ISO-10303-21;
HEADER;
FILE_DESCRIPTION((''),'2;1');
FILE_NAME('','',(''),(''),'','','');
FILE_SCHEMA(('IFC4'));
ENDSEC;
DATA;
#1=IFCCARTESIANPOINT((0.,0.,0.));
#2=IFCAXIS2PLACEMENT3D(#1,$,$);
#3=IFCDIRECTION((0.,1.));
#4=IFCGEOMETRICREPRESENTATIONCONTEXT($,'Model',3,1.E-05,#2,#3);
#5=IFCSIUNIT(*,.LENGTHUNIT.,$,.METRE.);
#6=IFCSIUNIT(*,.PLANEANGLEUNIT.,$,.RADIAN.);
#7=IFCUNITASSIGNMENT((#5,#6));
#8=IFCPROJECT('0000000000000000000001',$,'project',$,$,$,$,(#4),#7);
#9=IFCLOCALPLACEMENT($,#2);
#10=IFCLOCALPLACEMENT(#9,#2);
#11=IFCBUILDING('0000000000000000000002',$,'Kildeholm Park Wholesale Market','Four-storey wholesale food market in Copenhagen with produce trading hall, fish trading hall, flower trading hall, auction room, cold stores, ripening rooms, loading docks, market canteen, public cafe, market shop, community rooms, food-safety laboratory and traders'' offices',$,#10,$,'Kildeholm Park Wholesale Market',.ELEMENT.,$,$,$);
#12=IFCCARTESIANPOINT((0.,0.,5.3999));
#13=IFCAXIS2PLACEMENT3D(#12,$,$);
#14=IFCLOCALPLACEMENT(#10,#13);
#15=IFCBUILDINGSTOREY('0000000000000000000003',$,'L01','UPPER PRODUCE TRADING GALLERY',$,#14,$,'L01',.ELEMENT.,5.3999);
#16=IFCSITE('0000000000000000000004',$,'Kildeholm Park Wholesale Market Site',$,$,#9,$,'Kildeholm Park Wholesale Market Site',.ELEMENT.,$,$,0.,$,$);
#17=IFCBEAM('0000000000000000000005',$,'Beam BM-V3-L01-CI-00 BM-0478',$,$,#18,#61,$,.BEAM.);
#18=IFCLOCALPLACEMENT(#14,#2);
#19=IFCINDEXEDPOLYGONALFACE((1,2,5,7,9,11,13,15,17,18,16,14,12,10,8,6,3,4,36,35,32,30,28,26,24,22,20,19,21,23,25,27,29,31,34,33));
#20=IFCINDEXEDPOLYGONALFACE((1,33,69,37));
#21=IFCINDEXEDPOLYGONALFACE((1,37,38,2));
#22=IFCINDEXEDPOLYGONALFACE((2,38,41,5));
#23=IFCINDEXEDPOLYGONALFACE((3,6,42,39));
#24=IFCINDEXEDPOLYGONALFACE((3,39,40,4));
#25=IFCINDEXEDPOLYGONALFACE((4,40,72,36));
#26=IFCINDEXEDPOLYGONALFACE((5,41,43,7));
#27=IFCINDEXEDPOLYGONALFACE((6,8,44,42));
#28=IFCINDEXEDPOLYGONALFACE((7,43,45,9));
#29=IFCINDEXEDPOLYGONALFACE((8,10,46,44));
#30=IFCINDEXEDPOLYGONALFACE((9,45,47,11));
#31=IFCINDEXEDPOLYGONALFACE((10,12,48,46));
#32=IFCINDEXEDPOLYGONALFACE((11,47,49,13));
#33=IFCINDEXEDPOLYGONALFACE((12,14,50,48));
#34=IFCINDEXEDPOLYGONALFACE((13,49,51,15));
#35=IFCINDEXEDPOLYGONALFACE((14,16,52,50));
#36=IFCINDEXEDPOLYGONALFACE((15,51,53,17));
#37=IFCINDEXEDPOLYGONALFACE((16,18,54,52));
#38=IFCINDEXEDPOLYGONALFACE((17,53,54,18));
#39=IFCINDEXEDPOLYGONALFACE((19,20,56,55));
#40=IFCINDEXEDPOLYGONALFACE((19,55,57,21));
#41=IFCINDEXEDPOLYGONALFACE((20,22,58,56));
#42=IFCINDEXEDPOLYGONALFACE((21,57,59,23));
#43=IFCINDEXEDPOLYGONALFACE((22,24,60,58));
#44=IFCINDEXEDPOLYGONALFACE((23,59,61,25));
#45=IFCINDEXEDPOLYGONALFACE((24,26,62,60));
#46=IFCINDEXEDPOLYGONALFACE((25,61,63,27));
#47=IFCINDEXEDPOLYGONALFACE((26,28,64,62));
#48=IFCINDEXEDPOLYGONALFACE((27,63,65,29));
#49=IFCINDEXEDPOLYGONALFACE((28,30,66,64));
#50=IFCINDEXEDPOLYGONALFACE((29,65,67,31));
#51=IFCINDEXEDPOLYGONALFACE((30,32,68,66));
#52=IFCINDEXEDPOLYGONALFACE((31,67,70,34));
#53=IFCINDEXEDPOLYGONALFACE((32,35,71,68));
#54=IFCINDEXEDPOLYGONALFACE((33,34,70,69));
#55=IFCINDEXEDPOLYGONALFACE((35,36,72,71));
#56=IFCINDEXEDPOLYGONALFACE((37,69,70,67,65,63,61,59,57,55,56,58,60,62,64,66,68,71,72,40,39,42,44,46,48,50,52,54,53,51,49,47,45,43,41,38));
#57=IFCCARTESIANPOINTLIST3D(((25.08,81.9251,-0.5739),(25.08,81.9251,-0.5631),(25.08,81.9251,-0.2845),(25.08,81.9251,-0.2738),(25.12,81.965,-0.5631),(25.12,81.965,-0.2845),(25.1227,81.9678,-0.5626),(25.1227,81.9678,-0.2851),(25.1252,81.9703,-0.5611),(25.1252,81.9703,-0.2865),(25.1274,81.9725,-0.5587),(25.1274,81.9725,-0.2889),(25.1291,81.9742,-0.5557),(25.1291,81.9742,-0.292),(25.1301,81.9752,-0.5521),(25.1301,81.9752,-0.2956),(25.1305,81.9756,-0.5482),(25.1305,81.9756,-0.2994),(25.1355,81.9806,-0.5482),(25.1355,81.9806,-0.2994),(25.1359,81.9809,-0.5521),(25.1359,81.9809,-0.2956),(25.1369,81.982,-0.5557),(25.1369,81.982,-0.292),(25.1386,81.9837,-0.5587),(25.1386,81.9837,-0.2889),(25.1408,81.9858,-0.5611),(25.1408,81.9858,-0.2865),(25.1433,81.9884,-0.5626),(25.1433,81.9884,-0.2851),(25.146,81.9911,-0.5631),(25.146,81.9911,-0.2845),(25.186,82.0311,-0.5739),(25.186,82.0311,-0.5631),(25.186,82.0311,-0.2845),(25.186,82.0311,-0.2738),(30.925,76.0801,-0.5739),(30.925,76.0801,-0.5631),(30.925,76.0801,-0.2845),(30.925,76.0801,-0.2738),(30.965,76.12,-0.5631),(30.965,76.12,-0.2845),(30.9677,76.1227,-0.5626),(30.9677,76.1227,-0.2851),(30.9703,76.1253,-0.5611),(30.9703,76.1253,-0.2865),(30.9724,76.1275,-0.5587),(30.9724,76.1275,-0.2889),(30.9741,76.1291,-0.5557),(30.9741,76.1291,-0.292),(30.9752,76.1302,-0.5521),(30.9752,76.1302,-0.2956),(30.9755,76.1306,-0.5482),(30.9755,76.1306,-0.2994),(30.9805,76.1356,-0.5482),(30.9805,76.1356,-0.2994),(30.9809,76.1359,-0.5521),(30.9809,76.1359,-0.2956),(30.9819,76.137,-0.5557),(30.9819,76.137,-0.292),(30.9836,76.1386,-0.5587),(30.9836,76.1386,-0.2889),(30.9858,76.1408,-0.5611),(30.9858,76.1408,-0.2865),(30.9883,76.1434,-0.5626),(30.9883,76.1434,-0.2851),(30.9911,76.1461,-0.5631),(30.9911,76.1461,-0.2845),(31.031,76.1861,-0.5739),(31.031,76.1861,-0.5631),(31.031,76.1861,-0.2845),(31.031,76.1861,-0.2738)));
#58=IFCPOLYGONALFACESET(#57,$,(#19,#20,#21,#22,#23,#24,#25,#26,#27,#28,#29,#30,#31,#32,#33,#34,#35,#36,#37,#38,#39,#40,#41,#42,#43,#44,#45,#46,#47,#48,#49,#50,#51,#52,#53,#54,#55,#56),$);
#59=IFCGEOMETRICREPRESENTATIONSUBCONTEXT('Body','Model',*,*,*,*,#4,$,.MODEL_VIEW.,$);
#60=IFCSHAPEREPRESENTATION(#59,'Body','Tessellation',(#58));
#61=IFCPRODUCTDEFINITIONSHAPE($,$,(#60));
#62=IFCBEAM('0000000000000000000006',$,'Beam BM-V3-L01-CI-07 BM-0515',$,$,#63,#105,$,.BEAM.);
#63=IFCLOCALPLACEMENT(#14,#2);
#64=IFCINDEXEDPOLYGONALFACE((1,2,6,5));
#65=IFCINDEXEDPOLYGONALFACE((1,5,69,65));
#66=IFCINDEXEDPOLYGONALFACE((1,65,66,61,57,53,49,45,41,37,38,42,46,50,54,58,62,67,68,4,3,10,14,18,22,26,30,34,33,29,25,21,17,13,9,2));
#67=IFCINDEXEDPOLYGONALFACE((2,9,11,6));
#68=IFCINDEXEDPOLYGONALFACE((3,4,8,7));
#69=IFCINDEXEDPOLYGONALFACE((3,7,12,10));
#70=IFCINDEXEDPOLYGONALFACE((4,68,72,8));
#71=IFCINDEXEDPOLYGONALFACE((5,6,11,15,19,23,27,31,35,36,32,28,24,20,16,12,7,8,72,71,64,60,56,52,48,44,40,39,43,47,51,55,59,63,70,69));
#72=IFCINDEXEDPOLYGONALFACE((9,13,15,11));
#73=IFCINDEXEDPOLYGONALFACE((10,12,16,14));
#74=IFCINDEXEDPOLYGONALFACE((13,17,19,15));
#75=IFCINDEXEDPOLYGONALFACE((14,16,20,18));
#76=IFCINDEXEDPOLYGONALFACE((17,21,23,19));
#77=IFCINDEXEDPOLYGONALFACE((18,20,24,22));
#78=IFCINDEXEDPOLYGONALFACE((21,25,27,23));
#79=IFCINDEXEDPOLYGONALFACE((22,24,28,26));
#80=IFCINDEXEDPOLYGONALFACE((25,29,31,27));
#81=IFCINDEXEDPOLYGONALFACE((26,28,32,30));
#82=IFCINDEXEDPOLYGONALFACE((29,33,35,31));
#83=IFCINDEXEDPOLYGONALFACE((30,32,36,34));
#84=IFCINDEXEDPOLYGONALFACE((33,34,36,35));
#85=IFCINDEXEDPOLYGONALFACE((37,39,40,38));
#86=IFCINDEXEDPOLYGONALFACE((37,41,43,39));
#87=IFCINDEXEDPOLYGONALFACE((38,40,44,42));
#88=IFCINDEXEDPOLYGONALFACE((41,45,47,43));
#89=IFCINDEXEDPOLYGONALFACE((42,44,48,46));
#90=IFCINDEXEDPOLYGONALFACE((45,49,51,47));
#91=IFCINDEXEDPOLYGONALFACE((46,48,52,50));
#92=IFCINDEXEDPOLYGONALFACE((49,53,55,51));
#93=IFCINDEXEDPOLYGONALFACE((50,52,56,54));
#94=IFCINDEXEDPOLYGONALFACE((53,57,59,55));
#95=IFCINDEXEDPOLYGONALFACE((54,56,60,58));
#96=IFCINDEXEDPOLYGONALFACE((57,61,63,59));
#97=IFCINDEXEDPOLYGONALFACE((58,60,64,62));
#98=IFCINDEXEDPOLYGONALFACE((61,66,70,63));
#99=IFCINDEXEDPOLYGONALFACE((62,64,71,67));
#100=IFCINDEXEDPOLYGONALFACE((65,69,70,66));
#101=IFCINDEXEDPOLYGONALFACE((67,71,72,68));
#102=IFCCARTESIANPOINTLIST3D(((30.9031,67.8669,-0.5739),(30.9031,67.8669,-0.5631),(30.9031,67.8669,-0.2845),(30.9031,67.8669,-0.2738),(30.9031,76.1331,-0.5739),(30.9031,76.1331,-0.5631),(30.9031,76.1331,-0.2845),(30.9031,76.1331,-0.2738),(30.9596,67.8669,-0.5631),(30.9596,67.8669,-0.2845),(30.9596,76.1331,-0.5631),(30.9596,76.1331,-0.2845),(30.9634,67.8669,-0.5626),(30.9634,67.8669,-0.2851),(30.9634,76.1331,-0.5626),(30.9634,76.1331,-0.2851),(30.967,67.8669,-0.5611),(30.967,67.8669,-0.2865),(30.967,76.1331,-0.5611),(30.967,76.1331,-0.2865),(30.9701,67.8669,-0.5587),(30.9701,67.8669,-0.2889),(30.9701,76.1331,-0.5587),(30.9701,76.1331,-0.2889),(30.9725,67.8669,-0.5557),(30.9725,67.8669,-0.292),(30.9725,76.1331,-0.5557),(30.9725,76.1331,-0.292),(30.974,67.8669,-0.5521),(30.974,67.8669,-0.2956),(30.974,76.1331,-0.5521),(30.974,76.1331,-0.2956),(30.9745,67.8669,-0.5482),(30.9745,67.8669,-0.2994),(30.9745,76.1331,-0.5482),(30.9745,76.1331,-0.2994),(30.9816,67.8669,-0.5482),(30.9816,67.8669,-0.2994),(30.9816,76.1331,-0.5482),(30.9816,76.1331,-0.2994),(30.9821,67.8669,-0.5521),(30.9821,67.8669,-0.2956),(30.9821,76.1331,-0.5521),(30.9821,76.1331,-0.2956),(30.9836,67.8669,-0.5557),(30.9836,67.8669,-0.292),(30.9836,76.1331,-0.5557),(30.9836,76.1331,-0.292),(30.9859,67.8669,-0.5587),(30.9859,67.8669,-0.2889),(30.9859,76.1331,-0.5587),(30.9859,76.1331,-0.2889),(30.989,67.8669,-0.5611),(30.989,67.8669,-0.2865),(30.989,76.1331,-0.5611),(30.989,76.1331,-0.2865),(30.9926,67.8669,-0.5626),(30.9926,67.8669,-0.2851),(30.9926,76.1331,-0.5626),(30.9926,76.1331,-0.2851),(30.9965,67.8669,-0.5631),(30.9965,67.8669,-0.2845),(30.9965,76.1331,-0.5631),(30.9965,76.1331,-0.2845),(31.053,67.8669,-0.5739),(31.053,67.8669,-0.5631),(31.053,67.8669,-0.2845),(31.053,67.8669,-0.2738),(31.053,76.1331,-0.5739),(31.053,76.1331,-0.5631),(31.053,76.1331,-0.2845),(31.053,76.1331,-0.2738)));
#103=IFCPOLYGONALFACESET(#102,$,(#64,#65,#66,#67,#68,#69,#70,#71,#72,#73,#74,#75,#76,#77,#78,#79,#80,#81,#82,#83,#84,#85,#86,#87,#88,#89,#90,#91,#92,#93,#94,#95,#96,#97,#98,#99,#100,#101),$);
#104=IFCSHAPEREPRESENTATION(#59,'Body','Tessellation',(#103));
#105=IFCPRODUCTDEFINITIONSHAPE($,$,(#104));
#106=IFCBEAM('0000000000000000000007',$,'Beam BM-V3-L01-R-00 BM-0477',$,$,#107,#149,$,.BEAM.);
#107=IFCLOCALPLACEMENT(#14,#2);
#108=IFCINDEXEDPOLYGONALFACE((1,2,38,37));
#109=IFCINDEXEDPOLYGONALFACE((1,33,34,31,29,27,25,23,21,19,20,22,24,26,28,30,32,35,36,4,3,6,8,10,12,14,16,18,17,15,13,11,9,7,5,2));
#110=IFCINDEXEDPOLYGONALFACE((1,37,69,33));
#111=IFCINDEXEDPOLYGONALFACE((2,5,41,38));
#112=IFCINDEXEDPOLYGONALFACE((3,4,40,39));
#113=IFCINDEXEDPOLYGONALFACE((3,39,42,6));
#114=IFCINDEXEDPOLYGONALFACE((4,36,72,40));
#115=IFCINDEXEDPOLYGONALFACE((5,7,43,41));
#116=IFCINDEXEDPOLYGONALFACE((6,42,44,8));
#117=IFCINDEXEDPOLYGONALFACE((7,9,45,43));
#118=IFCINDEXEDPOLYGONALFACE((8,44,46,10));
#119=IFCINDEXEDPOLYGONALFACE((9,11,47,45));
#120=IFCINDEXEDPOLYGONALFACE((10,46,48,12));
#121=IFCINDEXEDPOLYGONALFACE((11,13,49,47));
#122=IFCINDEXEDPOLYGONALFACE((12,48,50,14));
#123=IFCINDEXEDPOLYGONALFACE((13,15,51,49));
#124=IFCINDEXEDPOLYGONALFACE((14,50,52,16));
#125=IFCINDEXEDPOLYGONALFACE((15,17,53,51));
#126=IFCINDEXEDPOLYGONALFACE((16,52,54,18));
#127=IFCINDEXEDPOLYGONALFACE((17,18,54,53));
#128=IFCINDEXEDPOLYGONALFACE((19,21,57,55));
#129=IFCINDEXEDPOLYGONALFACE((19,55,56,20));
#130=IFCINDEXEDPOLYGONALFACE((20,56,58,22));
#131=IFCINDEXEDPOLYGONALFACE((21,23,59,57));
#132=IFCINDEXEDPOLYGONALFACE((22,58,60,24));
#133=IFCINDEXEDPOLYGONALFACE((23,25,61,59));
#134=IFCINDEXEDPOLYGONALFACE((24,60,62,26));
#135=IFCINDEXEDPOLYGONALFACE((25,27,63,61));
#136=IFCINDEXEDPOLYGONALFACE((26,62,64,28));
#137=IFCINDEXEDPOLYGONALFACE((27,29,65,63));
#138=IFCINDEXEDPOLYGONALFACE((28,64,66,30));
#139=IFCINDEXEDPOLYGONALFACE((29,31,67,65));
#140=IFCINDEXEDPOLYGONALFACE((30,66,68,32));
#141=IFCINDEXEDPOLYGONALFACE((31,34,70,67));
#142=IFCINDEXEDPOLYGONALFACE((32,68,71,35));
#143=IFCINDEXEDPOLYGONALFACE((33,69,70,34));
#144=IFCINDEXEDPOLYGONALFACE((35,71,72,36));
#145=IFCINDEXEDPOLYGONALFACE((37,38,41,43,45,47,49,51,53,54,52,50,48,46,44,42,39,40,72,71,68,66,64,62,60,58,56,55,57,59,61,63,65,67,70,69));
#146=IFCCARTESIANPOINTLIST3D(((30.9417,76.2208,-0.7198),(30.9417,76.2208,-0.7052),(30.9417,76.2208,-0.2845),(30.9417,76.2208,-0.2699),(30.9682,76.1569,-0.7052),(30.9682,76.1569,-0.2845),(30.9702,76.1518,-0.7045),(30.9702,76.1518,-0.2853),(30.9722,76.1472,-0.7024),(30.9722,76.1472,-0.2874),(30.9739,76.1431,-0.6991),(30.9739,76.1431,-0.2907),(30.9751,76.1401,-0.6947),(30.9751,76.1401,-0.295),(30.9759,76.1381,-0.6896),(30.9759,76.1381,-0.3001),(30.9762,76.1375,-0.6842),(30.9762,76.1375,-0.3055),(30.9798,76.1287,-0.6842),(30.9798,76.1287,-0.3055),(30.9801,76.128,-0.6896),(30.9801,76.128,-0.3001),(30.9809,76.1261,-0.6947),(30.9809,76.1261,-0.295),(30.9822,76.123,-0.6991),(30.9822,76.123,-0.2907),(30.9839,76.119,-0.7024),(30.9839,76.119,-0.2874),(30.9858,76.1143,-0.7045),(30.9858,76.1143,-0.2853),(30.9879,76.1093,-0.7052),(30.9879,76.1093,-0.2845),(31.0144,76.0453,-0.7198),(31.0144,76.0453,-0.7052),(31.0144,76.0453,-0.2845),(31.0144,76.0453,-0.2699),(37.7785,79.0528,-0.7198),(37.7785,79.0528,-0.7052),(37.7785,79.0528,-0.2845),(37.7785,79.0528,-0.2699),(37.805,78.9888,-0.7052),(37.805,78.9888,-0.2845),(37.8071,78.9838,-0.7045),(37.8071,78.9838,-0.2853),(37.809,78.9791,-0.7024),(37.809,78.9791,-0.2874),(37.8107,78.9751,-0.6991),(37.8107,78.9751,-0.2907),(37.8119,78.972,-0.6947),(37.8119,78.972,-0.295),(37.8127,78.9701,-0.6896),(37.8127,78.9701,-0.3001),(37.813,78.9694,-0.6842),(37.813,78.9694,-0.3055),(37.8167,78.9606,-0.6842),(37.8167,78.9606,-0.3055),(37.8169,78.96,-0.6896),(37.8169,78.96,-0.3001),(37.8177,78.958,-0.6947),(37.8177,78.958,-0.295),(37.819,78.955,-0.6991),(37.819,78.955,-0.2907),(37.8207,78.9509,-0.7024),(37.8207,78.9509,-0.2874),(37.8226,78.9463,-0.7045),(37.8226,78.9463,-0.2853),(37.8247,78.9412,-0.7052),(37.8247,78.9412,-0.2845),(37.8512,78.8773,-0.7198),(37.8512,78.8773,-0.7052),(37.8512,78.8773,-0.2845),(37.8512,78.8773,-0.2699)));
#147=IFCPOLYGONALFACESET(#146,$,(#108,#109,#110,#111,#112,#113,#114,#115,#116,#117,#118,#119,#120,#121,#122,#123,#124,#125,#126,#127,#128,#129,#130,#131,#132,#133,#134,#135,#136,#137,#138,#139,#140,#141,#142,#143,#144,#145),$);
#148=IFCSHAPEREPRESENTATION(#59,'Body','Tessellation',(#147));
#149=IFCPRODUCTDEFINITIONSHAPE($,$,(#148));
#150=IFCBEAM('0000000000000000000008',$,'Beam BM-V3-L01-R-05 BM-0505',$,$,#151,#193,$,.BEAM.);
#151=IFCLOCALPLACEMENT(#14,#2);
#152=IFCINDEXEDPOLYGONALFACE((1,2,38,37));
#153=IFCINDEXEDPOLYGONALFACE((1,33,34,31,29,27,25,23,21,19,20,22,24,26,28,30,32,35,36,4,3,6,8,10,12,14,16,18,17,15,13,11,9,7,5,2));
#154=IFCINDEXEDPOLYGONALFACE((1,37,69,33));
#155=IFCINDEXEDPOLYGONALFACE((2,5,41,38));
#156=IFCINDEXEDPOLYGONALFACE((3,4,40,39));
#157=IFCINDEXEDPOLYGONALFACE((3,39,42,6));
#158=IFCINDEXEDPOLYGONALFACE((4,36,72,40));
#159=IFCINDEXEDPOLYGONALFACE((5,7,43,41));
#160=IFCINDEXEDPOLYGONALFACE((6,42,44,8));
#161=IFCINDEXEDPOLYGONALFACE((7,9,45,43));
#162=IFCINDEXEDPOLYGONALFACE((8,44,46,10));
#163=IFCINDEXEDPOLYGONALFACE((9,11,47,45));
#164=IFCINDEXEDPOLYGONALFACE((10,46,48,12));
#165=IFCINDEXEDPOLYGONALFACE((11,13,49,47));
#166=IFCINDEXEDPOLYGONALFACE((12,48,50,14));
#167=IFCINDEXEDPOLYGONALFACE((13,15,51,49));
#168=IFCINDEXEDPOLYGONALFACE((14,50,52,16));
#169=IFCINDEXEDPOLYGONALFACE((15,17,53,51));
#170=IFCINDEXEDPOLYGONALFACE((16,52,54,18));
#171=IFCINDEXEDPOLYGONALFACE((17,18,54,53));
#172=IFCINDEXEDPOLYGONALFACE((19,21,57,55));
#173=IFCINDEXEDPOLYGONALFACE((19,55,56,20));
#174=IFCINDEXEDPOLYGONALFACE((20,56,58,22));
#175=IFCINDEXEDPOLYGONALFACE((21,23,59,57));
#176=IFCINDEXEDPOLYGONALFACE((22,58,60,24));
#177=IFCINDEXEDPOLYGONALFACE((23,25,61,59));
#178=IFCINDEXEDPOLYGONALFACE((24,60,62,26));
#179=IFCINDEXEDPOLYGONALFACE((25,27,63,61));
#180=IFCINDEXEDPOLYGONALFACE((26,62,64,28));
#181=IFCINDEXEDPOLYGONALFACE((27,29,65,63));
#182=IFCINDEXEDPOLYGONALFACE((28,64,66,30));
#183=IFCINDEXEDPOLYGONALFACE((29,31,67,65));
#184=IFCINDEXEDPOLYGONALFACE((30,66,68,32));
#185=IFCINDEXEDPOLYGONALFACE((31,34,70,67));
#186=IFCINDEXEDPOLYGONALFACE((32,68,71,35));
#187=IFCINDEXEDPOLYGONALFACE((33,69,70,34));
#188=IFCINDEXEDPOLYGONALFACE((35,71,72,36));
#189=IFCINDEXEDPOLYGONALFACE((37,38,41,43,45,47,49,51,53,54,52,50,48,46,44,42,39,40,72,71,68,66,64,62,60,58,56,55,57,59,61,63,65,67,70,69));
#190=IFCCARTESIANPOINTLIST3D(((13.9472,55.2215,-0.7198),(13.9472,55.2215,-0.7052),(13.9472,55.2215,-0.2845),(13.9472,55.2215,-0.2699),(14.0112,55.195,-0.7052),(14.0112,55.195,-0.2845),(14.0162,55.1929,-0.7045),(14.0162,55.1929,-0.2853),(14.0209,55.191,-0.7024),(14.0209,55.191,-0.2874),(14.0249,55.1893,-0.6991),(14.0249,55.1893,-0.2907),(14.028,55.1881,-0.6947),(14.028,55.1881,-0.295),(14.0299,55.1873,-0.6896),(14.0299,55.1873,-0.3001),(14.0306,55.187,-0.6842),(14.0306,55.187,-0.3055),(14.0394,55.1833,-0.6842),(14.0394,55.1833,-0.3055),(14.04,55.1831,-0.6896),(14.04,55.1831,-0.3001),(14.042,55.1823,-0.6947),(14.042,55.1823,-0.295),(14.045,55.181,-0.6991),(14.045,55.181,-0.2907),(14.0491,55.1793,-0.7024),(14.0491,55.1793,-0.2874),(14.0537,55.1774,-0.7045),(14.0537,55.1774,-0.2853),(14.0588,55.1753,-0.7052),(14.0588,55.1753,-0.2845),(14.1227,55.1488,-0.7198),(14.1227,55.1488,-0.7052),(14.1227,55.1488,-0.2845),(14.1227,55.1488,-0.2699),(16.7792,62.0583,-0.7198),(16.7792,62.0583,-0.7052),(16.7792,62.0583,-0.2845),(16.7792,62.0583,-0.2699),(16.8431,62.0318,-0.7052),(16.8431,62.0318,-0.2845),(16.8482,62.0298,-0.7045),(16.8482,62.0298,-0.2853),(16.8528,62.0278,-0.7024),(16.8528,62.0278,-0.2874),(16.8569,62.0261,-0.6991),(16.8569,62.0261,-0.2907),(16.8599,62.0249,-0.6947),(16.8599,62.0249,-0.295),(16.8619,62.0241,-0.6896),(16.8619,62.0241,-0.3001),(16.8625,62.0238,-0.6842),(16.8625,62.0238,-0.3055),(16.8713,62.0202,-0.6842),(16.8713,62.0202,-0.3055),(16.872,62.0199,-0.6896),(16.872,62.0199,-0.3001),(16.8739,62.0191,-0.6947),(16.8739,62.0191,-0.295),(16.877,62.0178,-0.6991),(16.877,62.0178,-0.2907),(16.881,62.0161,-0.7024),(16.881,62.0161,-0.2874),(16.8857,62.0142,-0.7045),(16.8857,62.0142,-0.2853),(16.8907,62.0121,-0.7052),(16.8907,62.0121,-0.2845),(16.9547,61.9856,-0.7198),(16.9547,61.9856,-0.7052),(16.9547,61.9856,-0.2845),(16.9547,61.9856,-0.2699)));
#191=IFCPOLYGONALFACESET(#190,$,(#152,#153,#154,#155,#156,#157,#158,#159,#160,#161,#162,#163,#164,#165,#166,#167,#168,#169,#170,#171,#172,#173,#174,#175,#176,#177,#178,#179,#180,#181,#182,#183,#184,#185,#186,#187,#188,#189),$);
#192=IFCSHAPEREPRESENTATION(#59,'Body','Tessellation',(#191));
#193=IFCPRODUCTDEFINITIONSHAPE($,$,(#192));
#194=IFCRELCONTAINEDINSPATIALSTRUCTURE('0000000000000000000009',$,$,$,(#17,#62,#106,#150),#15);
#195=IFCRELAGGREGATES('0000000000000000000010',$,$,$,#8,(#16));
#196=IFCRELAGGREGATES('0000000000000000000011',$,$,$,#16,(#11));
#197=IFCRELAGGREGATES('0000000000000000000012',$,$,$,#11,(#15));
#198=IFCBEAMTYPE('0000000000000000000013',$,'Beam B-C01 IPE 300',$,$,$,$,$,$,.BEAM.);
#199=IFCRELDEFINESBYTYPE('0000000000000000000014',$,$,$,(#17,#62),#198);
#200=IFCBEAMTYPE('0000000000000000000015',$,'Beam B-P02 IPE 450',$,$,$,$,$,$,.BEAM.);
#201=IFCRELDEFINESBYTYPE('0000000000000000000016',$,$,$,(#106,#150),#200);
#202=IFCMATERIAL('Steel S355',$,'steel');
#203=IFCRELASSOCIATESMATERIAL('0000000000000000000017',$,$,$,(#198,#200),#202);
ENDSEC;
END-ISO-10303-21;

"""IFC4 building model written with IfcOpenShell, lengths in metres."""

from ifc_helpers import new_model, si_unit, direction, frame, origin, origin_2d, place, context, subcontext, project, spatial, i_section, extrude, material, material_profile, profile_set, type_object, element, save


model = new_model("IFC4")

# Units and contexts
model_context = context("Model", 3, precision=1e-05, world=origin(), true_north=direction((0.0, 1.0)))
body_context = subcontext(model_context, "Body", "Model", "MODEL_VIEW")
ifc_project = project(units=[si_unit("LENGTHUNIT", "METRE"), si_unit("PLANEANGLEUNIT", "RADIAN")], contexts=[model_context])

# Site, building, storey
site_placement = place(None, origin())
site = spatial("IfcSite", under=ifc_project, at=site_placement, Name="Kildeholm Park Wholesale Market Site", LongName="Kildeholm Park Wholesale Market Site", CompositionType="ELEMENT", RefElevation=0.0)
building_placement = place(site_placement, origin())
building = spatial("IfcBuilding", under=site, at=building_placement, Name="Kildeholm Park Wholesale Market", Description="Four-storey wholesale food market in Copenhagen with produce trading hall, fish trading hall, flower trading hall, auction room, cold stores, ripening rooms, loading docks, market canteen, public cafe, market shop, community rooms, food-safety laboratory and traders' offices", LongName="Kildeholm Park Wholesale Market", CompositionType="ELEMENT")
storey_placement = place(building_placement, frame((0.0, 0.0, 5.3999)))
storey = spatial("IfcBuildingStorey", under=building, at=storey_placement, Name="L01", Description="UPPER PRODUCE TRADING GALLERY", LongName="L01", CompositionType="ELEMENT", Elevation=5.3999)

# Shared definitions
ifc_material_1 = material(Name="Steel S355", Category="steel")

# Beams
ifc_material_profile_1 = material_profile(ifc_material_1, i_section(OverallWidth=0.1499, OverallDepth=0.3, WebThickness=0.0071, FlangeThickness=0.0107, FilletRadius=0.0149, at=origin_2d()), Name="IPE 300")
ifc_profile_set_1 = profile_set([ifc_material_profile_1], Name="Steel S355")
beam_type_1 = type_object("IfcBeamType", Name="Beam B-C01 IPE 300", PredefinedType="BEAM", material=ifc_profile_set_1)
for number, where, z_axis, x_axis, name in (
    (1, (30.978, 76.1331, -0.4238), (-0.707107, 0.707107, 0.0), (-0.707107, -0.707107, 0.0), "Beam BM-V3-L01-CI-00 BM-0478"),
    (2, (30.978, 67.8669, -0.4238), (0.0, 1.0, 0.0), (-1.0, 0.0, 0.0), "Beam BM-V3-L01-CI-07 BM-0515"),
):
    element("IfcBeam", number, at=place(storey_placement, frame(where, z_axis=z_axis, x_axis=x_axis)), inside=storey, type_object=beam_type_1, Name=name, PredefinedType="BEAM", context=body_context, shape_type="SweptSolid", body=[
        extrude(i_section(OverallWidth=0.1499, OverallDepth=0.3, WebThickness=0.0071, FlangeThickness=0.0107, FilletRadius=0.0149, at=origin_2d()), origin(), (0.0, 0.0, 1.0), 8.2661),
    ])
ifc_material_profile_2 = material_profile(ifc_material_1, i_section(OverallWidth=0.1899, OverallDepth=0.45, WebThickness=0.0095, FlangeThickness=0.0146, FilletRadius=0.021, at=origin_2d()), Name="IPE 450")
ifc_profile_set_2 = profile_set([ifc_material_profile_2], Name="Steel S355")
beam_type_2 = type_object("IfcBeamType", Name="Beam B-P02 IPE 450", PredefinedType="BEAM", material=ifc_profile_set_2)
for number, where, z_axis, x_axis, name in (
    (3, (30.978, 76.1331, -0.4949), (0.923875, 0.382694, 0.0), (-0.382694, 0.923875, 0.0), "Beam BM-V3-L01-R-00 BM-0477"),
    (4, (16.8669, 62.022, -0.4949), (-0.382694, -0.923875, 0.0), (0.923875, -0.382694, 0.0), "Beam BM-V3-L01-R-05 BM-0505"),
):
    element("IfcBeam", number, at=place(storey_placement, frame(where, z_axis=z_axis, x_axis=x_axis)), inside=storey, type_object=beam_type_2, Name=name, PredefinedType="BEAM", context=body_context, shape_type="SweptSolid", body=[
        extrude(i_section(OverallWidth=0.1899, OverallDepth=0.45, WebThickness=0.0095, FlangeThickness=0.0146, FilletRadius=0.021, at=origin_2d()), origin(), (0.0, 0.0, 1.0), 7.4001),
    ])

save(model, "model.ifc")
